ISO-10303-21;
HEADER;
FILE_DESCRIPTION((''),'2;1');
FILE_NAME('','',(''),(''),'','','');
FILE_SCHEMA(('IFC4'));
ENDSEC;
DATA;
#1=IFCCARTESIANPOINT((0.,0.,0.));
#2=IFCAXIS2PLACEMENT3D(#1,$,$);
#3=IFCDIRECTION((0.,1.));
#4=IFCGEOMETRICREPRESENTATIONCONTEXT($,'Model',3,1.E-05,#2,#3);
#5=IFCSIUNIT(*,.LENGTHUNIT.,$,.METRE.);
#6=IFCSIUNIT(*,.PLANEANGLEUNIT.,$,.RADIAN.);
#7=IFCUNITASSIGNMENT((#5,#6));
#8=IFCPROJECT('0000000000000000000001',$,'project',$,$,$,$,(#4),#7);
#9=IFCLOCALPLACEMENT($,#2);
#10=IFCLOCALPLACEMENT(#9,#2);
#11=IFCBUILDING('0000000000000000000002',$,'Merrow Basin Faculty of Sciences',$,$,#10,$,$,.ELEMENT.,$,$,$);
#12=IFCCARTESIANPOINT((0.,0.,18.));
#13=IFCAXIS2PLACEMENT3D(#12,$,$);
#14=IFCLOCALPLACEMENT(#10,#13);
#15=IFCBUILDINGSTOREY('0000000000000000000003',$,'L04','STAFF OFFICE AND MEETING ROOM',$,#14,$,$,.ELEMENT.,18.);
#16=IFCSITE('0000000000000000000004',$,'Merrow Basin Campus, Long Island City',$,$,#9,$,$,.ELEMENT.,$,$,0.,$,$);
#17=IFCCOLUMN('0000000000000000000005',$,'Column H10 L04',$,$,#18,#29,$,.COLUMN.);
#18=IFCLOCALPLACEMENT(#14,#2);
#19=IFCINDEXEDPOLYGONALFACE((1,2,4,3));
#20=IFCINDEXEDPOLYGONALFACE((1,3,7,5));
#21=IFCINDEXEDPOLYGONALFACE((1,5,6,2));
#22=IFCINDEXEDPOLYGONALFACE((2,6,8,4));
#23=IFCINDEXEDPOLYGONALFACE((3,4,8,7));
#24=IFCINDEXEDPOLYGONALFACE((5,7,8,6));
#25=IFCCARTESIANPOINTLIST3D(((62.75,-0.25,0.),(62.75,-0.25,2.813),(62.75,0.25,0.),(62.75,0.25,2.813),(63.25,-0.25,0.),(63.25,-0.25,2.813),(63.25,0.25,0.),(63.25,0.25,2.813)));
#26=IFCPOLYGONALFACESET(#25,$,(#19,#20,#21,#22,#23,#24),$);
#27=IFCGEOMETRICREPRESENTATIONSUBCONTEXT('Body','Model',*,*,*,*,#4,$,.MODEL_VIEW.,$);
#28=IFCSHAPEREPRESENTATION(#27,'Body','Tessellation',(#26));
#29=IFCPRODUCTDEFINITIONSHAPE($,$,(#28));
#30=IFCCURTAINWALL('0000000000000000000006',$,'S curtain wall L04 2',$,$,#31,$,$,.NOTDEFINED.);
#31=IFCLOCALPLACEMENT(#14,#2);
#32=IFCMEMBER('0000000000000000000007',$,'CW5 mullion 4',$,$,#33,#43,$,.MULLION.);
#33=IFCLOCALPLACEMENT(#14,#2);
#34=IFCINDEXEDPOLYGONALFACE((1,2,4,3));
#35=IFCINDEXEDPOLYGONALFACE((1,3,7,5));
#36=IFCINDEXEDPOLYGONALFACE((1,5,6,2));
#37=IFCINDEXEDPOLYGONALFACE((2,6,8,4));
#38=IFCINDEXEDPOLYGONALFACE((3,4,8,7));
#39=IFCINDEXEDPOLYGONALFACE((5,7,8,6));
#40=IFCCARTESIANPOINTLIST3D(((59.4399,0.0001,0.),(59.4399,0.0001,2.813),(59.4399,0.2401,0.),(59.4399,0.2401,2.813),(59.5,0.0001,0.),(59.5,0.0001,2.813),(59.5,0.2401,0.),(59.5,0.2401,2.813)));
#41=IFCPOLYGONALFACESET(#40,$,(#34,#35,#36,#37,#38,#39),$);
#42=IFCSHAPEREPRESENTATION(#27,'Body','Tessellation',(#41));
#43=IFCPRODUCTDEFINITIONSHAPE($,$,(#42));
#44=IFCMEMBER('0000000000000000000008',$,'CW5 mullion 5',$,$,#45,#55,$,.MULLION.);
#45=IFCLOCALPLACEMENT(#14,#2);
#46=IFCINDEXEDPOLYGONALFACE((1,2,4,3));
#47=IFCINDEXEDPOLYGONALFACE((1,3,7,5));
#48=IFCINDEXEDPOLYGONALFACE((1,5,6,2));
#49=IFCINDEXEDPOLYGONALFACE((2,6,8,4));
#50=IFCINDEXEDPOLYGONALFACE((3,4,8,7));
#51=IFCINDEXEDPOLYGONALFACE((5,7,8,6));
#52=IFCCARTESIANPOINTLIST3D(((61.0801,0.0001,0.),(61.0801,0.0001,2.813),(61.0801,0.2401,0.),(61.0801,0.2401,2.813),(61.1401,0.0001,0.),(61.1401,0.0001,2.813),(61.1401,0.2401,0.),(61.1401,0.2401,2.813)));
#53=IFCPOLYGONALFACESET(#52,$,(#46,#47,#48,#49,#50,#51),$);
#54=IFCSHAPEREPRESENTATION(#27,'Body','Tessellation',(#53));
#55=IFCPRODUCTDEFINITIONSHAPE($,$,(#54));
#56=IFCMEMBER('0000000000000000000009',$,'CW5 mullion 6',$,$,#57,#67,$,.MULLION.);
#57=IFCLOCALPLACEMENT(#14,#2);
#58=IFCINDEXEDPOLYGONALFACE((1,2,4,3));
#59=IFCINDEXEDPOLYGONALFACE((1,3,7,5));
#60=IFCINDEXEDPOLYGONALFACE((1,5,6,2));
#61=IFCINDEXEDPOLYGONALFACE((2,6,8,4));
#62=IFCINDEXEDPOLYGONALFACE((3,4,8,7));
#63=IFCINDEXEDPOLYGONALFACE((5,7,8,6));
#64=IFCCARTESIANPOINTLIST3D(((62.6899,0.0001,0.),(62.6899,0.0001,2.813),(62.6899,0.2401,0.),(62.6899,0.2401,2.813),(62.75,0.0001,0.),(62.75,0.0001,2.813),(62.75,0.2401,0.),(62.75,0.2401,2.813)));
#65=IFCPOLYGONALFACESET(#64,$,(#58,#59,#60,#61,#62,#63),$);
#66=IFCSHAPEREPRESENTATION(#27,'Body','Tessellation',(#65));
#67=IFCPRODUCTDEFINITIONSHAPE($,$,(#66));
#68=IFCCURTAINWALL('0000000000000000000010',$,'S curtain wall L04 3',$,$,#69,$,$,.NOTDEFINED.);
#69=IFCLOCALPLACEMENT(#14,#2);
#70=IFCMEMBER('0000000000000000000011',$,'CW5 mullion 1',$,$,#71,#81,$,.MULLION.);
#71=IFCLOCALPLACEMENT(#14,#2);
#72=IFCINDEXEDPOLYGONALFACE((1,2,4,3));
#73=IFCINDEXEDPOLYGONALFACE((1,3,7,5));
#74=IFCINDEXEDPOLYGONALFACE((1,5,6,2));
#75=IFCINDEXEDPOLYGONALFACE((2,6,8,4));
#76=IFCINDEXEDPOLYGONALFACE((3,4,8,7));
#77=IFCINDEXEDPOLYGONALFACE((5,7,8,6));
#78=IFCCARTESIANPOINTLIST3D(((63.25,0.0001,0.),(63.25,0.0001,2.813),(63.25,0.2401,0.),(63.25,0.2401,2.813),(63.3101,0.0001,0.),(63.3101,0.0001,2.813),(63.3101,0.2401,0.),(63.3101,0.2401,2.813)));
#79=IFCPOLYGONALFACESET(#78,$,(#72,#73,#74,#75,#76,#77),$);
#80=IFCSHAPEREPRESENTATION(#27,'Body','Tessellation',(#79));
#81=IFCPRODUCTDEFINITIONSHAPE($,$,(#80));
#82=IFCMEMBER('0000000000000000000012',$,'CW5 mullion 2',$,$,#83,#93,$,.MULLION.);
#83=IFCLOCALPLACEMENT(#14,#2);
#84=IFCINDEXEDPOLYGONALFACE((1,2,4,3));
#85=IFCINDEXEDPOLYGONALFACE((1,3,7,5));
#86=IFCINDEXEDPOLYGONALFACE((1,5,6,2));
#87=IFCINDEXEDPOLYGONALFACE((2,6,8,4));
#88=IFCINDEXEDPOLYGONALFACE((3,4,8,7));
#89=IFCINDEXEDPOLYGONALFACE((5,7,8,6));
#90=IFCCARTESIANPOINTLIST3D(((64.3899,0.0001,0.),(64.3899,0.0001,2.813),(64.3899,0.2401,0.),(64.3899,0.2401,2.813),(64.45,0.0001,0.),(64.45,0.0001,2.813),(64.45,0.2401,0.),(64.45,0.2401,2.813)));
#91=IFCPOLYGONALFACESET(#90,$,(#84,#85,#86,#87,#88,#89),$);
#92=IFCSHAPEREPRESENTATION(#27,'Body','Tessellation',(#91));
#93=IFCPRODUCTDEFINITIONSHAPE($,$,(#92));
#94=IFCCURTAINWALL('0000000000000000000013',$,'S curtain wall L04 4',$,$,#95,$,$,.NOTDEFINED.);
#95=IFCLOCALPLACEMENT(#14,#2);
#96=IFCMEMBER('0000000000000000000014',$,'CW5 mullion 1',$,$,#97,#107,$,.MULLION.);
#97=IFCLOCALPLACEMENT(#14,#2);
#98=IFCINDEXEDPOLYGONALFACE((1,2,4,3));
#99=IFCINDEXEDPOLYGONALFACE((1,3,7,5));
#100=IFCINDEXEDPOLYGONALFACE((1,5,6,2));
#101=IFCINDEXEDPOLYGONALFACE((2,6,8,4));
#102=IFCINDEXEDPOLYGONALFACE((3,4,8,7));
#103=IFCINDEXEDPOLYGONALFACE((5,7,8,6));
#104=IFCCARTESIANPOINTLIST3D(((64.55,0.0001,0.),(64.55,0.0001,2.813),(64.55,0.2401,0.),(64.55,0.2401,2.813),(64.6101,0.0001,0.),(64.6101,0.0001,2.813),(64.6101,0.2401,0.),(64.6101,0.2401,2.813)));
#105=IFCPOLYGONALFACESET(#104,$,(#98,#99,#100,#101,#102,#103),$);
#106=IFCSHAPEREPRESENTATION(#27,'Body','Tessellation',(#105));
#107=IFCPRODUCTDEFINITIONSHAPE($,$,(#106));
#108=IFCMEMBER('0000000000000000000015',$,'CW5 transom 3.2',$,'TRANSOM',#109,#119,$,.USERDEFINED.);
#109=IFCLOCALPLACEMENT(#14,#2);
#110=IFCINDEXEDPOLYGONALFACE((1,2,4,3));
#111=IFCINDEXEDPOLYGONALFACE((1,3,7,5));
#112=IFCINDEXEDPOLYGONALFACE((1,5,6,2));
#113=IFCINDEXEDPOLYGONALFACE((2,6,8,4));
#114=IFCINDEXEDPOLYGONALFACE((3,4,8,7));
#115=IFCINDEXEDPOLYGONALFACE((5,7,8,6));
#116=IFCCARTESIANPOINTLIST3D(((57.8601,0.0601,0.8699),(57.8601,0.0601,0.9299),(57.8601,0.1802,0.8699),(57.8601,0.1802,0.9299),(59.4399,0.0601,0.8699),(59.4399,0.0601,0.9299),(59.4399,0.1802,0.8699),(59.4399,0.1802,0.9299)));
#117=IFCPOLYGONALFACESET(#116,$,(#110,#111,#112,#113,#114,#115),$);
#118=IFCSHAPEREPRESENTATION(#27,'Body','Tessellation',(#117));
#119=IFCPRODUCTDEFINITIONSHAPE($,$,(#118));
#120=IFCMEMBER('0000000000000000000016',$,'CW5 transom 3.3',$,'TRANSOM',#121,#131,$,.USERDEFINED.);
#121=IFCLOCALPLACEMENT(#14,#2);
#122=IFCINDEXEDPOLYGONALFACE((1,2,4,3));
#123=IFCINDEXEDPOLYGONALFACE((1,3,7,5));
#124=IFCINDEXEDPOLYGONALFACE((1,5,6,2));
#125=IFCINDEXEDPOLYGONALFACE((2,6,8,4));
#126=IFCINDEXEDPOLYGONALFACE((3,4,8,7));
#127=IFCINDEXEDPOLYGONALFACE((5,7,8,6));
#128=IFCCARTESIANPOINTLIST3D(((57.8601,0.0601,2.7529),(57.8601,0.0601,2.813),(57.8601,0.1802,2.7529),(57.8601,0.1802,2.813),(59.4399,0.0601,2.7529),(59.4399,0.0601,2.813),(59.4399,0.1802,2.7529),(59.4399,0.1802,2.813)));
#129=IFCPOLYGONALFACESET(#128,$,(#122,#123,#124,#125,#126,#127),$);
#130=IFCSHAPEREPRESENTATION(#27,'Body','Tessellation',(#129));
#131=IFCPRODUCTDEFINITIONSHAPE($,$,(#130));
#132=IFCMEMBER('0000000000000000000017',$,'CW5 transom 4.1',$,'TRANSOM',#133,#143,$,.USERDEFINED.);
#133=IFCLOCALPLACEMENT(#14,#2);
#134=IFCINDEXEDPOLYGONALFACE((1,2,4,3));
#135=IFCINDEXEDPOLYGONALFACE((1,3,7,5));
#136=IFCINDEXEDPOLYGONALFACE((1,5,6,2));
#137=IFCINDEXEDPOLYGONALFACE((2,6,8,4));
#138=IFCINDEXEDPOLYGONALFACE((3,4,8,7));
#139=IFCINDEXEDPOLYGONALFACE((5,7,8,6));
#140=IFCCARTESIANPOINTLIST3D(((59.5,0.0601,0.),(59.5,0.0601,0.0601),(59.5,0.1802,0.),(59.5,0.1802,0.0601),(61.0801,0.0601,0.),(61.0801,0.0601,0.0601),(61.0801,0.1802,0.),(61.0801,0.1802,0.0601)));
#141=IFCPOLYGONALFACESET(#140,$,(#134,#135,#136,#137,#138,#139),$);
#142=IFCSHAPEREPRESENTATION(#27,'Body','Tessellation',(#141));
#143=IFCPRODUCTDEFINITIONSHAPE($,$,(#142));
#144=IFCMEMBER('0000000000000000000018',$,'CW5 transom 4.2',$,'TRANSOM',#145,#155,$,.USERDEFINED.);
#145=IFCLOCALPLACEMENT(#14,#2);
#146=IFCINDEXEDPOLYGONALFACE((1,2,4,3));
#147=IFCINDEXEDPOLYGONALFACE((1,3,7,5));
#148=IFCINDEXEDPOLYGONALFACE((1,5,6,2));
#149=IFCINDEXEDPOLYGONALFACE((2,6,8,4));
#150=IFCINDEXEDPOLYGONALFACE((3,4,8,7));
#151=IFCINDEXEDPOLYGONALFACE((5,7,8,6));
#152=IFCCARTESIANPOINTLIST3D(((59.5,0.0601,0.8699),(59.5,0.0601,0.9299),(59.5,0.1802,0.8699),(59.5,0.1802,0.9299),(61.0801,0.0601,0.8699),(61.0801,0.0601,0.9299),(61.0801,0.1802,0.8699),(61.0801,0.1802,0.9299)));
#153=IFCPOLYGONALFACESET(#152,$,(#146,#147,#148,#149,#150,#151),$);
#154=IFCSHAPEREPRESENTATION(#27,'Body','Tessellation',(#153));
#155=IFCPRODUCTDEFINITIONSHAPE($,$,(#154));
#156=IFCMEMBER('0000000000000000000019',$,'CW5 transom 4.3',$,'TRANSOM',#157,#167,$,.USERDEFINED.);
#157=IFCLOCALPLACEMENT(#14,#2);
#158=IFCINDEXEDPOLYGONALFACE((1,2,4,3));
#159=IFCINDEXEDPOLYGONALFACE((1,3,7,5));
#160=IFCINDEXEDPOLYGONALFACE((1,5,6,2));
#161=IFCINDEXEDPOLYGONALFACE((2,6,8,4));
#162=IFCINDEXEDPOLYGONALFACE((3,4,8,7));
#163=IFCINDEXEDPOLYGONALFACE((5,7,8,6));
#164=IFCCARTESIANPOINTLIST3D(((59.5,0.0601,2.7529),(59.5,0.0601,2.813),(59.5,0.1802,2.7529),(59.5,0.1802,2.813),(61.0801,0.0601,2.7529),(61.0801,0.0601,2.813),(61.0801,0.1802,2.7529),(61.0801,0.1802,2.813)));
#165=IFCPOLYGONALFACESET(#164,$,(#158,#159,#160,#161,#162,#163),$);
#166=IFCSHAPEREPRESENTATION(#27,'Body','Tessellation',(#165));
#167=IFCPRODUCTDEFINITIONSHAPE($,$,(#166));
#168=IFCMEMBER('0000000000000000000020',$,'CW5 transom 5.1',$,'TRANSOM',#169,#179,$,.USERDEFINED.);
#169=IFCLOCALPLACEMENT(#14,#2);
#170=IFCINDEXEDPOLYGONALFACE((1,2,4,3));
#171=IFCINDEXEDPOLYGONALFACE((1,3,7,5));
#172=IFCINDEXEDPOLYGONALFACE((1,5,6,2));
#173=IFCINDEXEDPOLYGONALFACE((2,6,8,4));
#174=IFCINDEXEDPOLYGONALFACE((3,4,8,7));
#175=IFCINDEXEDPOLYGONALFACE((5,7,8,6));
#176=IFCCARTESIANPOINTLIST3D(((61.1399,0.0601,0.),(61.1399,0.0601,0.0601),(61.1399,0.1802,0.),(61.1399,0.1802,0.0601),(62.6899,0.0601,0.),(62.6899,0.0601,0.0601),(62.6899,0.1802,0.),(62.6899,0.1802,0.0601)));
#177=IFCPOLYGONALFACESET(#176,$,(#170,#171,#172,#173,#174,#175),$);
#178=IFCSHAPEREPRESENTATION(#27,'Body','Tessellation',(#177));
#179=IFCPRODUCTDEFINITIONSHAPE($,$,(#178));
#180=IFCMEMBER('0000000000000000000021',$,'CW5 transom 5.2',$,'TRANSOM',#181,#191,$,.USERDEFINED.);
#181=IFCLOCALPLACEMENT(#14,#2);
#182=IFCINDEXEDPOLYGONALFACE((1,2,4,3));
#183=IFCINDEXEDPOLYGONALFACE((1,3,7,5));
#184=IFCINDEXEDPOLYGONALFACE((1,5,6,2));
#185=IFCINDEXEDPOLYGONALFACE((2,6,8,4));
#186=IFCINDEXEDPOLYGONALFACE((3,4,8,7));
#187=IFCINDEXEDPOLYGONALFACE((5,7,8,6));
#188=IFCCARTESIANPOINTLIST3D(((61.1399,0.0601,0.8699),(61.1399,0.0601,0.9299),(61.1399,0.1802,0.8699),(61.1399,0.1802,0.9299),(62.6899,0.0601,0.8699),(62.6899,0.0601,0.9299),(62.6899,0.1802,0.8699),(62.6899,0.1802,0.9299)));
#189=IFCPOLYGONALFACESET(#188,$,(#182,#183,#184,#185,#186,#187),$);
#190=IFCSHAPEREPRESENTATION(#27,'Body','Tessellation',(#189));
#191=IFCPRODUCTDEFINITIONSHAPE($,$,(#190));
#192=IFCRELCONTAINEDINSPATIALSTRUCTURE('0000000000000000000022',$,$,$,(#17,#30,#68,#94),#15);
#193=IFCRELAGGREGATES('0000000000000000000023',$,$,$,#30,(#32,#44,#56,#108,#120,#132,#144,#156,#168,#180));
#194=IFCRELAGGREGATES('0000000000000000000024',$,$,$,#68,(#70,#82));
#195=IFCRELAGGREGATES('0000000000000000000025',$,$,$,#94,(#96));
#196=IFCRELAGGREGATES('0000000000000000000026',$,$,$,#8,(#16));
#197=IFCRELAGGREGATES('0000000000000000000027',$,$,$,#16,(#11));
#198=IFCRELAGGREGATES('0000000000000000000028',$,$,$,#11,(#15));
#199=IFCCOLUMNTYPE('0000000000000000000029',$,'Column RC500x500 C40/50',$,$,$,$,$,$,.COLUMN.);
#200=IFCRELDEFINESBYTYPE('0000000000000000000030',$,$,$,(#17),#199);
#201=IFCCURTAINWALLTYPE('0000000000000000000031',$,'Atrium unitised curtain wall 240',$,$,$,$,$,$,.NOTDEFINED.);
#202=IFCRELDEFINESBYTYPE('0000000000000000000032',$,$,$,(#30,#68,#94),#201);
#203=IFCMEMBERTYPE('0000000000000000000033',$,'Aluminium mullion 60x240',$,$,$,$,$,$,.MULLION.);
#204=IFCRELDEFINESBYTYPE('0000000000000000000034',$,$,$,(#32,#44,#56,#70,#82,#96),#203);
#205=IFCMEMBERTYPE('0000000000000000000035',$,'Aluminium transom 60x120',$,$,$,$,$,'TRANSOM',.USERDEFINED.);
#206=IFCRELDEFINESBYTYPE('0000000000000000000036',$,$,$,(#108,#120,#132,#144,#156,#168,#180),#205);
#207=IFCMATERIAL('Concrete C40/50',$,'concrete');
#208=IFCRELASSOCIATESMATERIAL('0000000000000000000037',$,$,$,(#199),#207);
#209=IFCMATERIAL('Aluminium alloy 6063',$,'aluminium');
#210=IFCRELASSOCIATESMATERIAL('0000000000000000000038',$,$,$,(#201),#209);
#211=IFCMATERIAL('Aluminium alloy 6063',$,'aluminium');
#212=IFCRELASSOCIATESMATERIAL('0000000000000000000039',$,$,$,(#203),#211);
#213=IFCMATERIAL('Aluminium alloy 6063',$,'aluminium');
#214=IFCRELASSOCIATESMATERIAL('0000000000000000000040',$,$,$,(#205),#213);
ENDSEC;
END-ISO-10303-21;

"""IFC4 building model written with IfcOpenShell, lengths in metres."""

from ifc_helpers import new_model, si_unit, direction, frame, origin, origin_2d, place, context, subcontext, project, spatial, rectangle, extrude, material, material_profile, profile_set, type_object, element, aggregate, save


model = new_model("IFC4")

# Units and contexts
model_context = context("Model", 3, precision=1e-05, world=origin(), true_north=direction((0.0, 1.0)))
body_context = subcontext(model_context, "Body", "Model", "MODEL_VIEW")
ifc_project = project(units=[si_unit("LENGTHUNIT", "METRE"), si_unit("PLANEANGLEUNIT", "RADIAN")], contexts=[model_context])

# Site, building, storey
site_placement = place(None, origin())
site = spatial("IfcSite", under=ifc_project, at=site_placement, Name="Merrow Basin Campus, Long Island City", CompositionType="ELEMENT", RefElevation=0.0)
building_placement = place(site_placement, origin())
building = spatial("IfcBuilding", under=site, at=building_placement, Name="Merrow Basin Faculty of Sciences", CompositionType="ELEMENT")
storey_placement = place(building_placement, frame((0.0, 0.0, 18.0)))
storey = spatial("IfcBuildingStorey", under=building, at=storey_placement, Name="L04", Description="STAFF OFFICE AND MEETING ROOM", CompositionType="ELEMENT", Elevation=18.0)

# Column
ifc_material_1 = material(Name="Concrete C40/50", Category="concrete")
ifc_material_profile_1 = material_profile(ifc_material_1, rectangle(XDim=0.5, YDim=0.5, at=origin_2d()))
ifc_profile_set_1 = profile_set([ifc_material_profile_1], Name="Concrete C40/50")
column_type = type_object("IfcColumnType", Name="Column RC500x500 C40/50", PredefinedType="COLUMN", material=ifc_profile_set_1)
column_placement = place(storey_placement, frame((63.0, 0.0, 0.0), z_axis=(0.0, 0.0, 1.0), x_axis=(1.0, 0.0, 0.0)))
element("IfcColumn", 1, at=column_placement, inside=storey, type_object=column_type, Name="Column H10 L04", PredefinedType="COLUMN", context=body_context, shape_type="SweptSolid", body=[
    extrude(rectangle(XDim=0.5, YDim=0.5, at=origin_2d()), origin(), (0.0, 0.0, 1.0), 2.813),
])

# Curtain walls, members
ifc_material_2 = material(Name="Aluminium alloy 6063", Category="aluminium")
curtain_wall_type = type_object("IfcCurtainWallType", Name="Atrium unitised curtain wall 240", PredefinedType="NOTDEFINED", material=ifc_material_2)
curtain_wall_1_placement = place(storey_placement, origin())
curtain_wall_1 = element("IfcCurtainWall", 2, at=curtain_wall_1_placement, inside=storey, type_object=curtain_wall_type, Name="S curtain wall L04 2", PredefinedType="NOTDEFINED")
ifc_material_3 = material(Name="Aluminium alloy 6063", Category="aluminium")
ifc_material_profile_2 = material_profile(ifc_material_3, rectangle(XDim=0.24, YDim=0.0601, at=origin_2d()))
ifc_profile_set_2 = profile_set([ifc_material_profile_2], Name="Aluminium alloy 6063")
member_type_1 = type_object("IfcMemberType", Name="Aluminium mullion 60x240", PredefinedType="MULLION", material=ifc_profile_set_2)
member_1_placement = place(storey_placement, frame((59.47, 0.1201, 0.0), z_axis=(0.0, 0.0, 1.0), x_axis=(0.0, 1.0, 0.0)))
member_1 = element("IfcMember", 3, at=member_1_placement, type_object=member_type_1, Name="CW5 mullion 4", PredefinedType="MULLION", context=body_context, shape_type="SweptSolid", body=[
    extrude(rectangle(XDim=0.24, YDim=0.0601, at=origin_2d()), origin(), (0.0, 0.0, 1.0), 2.813),
])
member_2_placement = place(storey_placement, frame((61.1101, 0.1201, 0.0), z_axis=(0.0, 0.0, 1.0), x_axis=(0.0, 1.0, 0.0)))
member_2 = element("IfcMember", 4, at=member_2_placement, type_object=member_type_1, Name="CW5 mullion 5", PredefinedType="MULLION", context=body_context, shape_type="SweptSolid", body=[
    extrude(rectangle(XDim=0.24, YDim=0.0601, at=origin_2d()), origin(), (0.0, 0.0, 1.0), 2.813),
])
member_3_placement = place(storey_placement, frame((62.72, 0.1201, 0.0), z_axis=(0.0, 0.0, 1.0), x_axis=(0.0, 1.0, 0.0)))
member_3 = element("IfcMember", 5, at=member_3_placement, type_object=member_type_1, Name="CW5 mullion 6", PredefinedType="MULLION", context=body_context, shape_type="SweptSolid", body=[
    extrude(rectangle(XDim=0.24, YDim=0.0601, at=origin_2d()), origin(), (0.0, 0.0, 1.0), 2.813),
])
curtain_wall_2_placement = place(storey_placement, origin())
curtain_wall_2 = element("IfcCurtainWall", 6, at=curtain_wall_2_placement, inside=storey, type_object=curtain_wall_type, Name="S curtain wall L04 3", PredefinedType="NOTDEFINED")
member_4_placement = place(storey_placement, frame((63.28, 0.1201, 0.0), z_axis=(0.0, 0.0, 1.0), x_axis=(0.0, 1.0, 0.0)))
member_4 = element("IfcMember", 7, at=member_4_placement, type_object=member_type_1, Name="CW5 mullion 1", PredefinedType="MULLION", context=body_context, shape_type="SweptSolid", body=[
    extrude(rectangle(XDim=0.24, YDim=0.0601, at=origin_2d()), origin(), (0.0, 0.0, 1.0), 2.813),
])
member_5_placement = place(storey_placement, frame((64.4199, 0.1201, 0.0), z_axis=(0.0, 0.0, 1.0), x_axis=(0.0, 1.0, 0.0)))
member_5 = element("IfcMember", 8, at=member_5_placement, type_object=member_type_1, Name="CW5 mullion 2", PredefinedType="MULLION", context=body_context, shape_type="SweptSolid", body=[
    extrude(rectangle(XDim=0.24, YDim=0.0601, at=origin_2d()), origin(), (0.0, 0.0, 1.0), 2.813),
])

# Curtain wall, member
curtain_wall_3_placement = place(storey_placement, origin())
curtain_wall_3 = element("IfcCurtainWall", 9, at=curtain_wall_3_placement, inside=storey, type_object=curtain_wall_type, Name="S curtain wall L04 4", PredefinedType="NOTDEFINED")
member_6_placement = place(storey_placement, frame((64.5801, 0.1201, 0.0), z_axis=(0.0, 0.0, 1.0), x_axis=(0.0, 1.0, 0.0)))
member_6 = element("IfcMember", 10, at=member_6_placement, type_object=member_type_1, Name="CW5 mullion 1", PredefinedType="MULLION", context=body_context, shape_type="SweptSolid", body=[
    extrude(rectangle(XDim=0.24, YDim=0.0601, at=origin_2d()), origin(), (0.0, 0.0, 1.0), 2.813),
])

# Members
ifc_material_4 = material(Name="Aluminium alloy 6063", Category="aluminium")
ifc_material_profile_3 = material_profile(ifc_material_4, rectangle(XDim=0.1201, YDim=0.0601, at=origin_2d()))
ifc_profile_set_3 = profile_set([ifc_material_profile_3], Name="Aluminium alloy 6063")
member_type_2 = type_object("IfcMemberType", Name="Aluminium transom 60x120", ElementType="TRANSOM", PredefinedType="USERDEFINED", material=ifc_profile_set_3)
member_7_placement = place(storey_placement, frame((57.8601, 0.1201, 0.8999), z_axis=(1.0, 0.0, 0.0), x_axis=(0.0, 1.0, 0.0)))
member_7 = element("IfcMember", 11, at=member_7_placement, type_object=member_type_2, Name="CW5 transom 3.2", ObjectType="TRANSOM", PredefinedType="USERDEFINED", context=body_context, shape_type="SweptSolid", body=[
    extrude(rectangle(XDim=0.1201, YDim=0.0601, at=origin_2d()), origin(), (0.0, 0.0, 1.0), 1.5798),
])
member_8_placement = place(storey_placement, frame((57.8601, 0.1201, 2.783), z_axis=(1.0, 0.0, 0.0), x_axis=(0.0, 1.0, 0.0)))
member_8 = element("IfcMember", 12, at=member_8_placement, type_object=member_type_2, Name="CW5 transom 3.3", ObjectType="TRANSOM", PredefinedType="USERDEFINED", context=body_context, shape_type="SweptSolid", body=[
    extrude(rectangle(XDim=0.1201, YDim=0.0601, at=origin_2d()), origin(), (0.0, 0.0, 1.0), 1.5798),
])
member_9_placement = place(storey_placement, frame((59.5, 0.1201, 0.03), z_axis=(1.0, 0.0, 0.0), x_axis=(0.0, 1.0, 0.0)))
member_9 = element("IfcMember", 13, at=member_9_placement, type_object=member_type_2, Name="CW5 transom 4.1", ObjectType="TRANSOM", PredefinedType="USERDEFINED", context=body_context, shape_type="SweptSolid", body=[
    extrude(rectangle(XDim=0.1201, YDim=0.0601, at=origin_2d()), origin(), (0.0, 0.0, 1.0), 1.5801),
])
member_10_placement = place(storey_placement, frame((59.5, 0.1201, 0.8999), z_axis=(1.0, 0.0, 0.0), x_axis=(0.0, 1.0, 0.0)))
member_10 = element("IfcMember", 14, at=member_10_placement, type_object=member_type_2, Name="CW5 transom 4.2", ObjectType="TRANSOM", PredefinedType="USERDEFINED", context=body_context, shape_type="SweptSolid", body=[
    extrude(rectangle(XDim=0.1201, YDim=0.0601, at=origin_2d()), origin(), (0.0, 0.0, 1.0), 1.5801),
])
member_11_placement = place(storey_placement, frame((59.5, 0.1201, 2.783), z_axis=(1.0, 0.0, 0.0), x_axis=(0.0, 1.0, 0.0)))
member_11 = element("IfcMember", 15, at=member_11_placement, type_object=member_type_2, Name="CW5 transom 4.3", ObjectType="TRANSOM", PredefinedType="USERDEFINED", context=body_context, shape_type="SweptSolid", body=[
    extrude(rectangle(XDim=0.1201, YDim=0.0601, at=origin_2d()), origin(), (0.0, 0.0, 1.0), 1.5801),
])
member_12_placement = place(storey_placement, frame((61.1399, 0.1201, 0.03), z_axis=(1.0, 0.0, 0.0), x_axis=(0.0, 1.0, 0.0)))
member_12 = element("IfcMember", 16, at=member_12_placement, type_object=member_type_2, Name="CW5 transom 5.1", ObjectType="TRANSOM", PredefinedType="USERDEFINED", context=body_context, shape_type="SweptSolid", body=[
    extrude(rectangle(XDim=0.1201, YDim=0.0601, at=origin_2d()), origin(), (0.0, 0.0, 1.0), 1.55),
])
member_13_placement = place(storey_placement, frame((61.1399, 0.1201, 0.8999), z_axis=(1.0, 0.0, 0.0), x_axis=(0.0, 1.0, 0.0)))
member_13 = element("IfcMember", 17, at=member_13_placement, type_object=member_type_2, Name="CW5 transom 5.2", ObjectType="TRANSOM", PredefinedType="USERDEFINED", context=body_context, shape_type="SweptSolid", body=[
    extrude(rectangle(XDim=0.1201, YDim=0.0601, at=origin_2d()), origin(), (0.0, 0.0, 1.0), 1.55),
])

aggregate(curtain_wall_1, [member_1, member_2, member_3, member_7, member_8, member_9, member_10, member_11, member_12, member_13])
aggregate(curtain_wall_2, [member_4, member_5])
aggregate(curtain_wall_3, [member_6])

save(model, "model.ifc")
